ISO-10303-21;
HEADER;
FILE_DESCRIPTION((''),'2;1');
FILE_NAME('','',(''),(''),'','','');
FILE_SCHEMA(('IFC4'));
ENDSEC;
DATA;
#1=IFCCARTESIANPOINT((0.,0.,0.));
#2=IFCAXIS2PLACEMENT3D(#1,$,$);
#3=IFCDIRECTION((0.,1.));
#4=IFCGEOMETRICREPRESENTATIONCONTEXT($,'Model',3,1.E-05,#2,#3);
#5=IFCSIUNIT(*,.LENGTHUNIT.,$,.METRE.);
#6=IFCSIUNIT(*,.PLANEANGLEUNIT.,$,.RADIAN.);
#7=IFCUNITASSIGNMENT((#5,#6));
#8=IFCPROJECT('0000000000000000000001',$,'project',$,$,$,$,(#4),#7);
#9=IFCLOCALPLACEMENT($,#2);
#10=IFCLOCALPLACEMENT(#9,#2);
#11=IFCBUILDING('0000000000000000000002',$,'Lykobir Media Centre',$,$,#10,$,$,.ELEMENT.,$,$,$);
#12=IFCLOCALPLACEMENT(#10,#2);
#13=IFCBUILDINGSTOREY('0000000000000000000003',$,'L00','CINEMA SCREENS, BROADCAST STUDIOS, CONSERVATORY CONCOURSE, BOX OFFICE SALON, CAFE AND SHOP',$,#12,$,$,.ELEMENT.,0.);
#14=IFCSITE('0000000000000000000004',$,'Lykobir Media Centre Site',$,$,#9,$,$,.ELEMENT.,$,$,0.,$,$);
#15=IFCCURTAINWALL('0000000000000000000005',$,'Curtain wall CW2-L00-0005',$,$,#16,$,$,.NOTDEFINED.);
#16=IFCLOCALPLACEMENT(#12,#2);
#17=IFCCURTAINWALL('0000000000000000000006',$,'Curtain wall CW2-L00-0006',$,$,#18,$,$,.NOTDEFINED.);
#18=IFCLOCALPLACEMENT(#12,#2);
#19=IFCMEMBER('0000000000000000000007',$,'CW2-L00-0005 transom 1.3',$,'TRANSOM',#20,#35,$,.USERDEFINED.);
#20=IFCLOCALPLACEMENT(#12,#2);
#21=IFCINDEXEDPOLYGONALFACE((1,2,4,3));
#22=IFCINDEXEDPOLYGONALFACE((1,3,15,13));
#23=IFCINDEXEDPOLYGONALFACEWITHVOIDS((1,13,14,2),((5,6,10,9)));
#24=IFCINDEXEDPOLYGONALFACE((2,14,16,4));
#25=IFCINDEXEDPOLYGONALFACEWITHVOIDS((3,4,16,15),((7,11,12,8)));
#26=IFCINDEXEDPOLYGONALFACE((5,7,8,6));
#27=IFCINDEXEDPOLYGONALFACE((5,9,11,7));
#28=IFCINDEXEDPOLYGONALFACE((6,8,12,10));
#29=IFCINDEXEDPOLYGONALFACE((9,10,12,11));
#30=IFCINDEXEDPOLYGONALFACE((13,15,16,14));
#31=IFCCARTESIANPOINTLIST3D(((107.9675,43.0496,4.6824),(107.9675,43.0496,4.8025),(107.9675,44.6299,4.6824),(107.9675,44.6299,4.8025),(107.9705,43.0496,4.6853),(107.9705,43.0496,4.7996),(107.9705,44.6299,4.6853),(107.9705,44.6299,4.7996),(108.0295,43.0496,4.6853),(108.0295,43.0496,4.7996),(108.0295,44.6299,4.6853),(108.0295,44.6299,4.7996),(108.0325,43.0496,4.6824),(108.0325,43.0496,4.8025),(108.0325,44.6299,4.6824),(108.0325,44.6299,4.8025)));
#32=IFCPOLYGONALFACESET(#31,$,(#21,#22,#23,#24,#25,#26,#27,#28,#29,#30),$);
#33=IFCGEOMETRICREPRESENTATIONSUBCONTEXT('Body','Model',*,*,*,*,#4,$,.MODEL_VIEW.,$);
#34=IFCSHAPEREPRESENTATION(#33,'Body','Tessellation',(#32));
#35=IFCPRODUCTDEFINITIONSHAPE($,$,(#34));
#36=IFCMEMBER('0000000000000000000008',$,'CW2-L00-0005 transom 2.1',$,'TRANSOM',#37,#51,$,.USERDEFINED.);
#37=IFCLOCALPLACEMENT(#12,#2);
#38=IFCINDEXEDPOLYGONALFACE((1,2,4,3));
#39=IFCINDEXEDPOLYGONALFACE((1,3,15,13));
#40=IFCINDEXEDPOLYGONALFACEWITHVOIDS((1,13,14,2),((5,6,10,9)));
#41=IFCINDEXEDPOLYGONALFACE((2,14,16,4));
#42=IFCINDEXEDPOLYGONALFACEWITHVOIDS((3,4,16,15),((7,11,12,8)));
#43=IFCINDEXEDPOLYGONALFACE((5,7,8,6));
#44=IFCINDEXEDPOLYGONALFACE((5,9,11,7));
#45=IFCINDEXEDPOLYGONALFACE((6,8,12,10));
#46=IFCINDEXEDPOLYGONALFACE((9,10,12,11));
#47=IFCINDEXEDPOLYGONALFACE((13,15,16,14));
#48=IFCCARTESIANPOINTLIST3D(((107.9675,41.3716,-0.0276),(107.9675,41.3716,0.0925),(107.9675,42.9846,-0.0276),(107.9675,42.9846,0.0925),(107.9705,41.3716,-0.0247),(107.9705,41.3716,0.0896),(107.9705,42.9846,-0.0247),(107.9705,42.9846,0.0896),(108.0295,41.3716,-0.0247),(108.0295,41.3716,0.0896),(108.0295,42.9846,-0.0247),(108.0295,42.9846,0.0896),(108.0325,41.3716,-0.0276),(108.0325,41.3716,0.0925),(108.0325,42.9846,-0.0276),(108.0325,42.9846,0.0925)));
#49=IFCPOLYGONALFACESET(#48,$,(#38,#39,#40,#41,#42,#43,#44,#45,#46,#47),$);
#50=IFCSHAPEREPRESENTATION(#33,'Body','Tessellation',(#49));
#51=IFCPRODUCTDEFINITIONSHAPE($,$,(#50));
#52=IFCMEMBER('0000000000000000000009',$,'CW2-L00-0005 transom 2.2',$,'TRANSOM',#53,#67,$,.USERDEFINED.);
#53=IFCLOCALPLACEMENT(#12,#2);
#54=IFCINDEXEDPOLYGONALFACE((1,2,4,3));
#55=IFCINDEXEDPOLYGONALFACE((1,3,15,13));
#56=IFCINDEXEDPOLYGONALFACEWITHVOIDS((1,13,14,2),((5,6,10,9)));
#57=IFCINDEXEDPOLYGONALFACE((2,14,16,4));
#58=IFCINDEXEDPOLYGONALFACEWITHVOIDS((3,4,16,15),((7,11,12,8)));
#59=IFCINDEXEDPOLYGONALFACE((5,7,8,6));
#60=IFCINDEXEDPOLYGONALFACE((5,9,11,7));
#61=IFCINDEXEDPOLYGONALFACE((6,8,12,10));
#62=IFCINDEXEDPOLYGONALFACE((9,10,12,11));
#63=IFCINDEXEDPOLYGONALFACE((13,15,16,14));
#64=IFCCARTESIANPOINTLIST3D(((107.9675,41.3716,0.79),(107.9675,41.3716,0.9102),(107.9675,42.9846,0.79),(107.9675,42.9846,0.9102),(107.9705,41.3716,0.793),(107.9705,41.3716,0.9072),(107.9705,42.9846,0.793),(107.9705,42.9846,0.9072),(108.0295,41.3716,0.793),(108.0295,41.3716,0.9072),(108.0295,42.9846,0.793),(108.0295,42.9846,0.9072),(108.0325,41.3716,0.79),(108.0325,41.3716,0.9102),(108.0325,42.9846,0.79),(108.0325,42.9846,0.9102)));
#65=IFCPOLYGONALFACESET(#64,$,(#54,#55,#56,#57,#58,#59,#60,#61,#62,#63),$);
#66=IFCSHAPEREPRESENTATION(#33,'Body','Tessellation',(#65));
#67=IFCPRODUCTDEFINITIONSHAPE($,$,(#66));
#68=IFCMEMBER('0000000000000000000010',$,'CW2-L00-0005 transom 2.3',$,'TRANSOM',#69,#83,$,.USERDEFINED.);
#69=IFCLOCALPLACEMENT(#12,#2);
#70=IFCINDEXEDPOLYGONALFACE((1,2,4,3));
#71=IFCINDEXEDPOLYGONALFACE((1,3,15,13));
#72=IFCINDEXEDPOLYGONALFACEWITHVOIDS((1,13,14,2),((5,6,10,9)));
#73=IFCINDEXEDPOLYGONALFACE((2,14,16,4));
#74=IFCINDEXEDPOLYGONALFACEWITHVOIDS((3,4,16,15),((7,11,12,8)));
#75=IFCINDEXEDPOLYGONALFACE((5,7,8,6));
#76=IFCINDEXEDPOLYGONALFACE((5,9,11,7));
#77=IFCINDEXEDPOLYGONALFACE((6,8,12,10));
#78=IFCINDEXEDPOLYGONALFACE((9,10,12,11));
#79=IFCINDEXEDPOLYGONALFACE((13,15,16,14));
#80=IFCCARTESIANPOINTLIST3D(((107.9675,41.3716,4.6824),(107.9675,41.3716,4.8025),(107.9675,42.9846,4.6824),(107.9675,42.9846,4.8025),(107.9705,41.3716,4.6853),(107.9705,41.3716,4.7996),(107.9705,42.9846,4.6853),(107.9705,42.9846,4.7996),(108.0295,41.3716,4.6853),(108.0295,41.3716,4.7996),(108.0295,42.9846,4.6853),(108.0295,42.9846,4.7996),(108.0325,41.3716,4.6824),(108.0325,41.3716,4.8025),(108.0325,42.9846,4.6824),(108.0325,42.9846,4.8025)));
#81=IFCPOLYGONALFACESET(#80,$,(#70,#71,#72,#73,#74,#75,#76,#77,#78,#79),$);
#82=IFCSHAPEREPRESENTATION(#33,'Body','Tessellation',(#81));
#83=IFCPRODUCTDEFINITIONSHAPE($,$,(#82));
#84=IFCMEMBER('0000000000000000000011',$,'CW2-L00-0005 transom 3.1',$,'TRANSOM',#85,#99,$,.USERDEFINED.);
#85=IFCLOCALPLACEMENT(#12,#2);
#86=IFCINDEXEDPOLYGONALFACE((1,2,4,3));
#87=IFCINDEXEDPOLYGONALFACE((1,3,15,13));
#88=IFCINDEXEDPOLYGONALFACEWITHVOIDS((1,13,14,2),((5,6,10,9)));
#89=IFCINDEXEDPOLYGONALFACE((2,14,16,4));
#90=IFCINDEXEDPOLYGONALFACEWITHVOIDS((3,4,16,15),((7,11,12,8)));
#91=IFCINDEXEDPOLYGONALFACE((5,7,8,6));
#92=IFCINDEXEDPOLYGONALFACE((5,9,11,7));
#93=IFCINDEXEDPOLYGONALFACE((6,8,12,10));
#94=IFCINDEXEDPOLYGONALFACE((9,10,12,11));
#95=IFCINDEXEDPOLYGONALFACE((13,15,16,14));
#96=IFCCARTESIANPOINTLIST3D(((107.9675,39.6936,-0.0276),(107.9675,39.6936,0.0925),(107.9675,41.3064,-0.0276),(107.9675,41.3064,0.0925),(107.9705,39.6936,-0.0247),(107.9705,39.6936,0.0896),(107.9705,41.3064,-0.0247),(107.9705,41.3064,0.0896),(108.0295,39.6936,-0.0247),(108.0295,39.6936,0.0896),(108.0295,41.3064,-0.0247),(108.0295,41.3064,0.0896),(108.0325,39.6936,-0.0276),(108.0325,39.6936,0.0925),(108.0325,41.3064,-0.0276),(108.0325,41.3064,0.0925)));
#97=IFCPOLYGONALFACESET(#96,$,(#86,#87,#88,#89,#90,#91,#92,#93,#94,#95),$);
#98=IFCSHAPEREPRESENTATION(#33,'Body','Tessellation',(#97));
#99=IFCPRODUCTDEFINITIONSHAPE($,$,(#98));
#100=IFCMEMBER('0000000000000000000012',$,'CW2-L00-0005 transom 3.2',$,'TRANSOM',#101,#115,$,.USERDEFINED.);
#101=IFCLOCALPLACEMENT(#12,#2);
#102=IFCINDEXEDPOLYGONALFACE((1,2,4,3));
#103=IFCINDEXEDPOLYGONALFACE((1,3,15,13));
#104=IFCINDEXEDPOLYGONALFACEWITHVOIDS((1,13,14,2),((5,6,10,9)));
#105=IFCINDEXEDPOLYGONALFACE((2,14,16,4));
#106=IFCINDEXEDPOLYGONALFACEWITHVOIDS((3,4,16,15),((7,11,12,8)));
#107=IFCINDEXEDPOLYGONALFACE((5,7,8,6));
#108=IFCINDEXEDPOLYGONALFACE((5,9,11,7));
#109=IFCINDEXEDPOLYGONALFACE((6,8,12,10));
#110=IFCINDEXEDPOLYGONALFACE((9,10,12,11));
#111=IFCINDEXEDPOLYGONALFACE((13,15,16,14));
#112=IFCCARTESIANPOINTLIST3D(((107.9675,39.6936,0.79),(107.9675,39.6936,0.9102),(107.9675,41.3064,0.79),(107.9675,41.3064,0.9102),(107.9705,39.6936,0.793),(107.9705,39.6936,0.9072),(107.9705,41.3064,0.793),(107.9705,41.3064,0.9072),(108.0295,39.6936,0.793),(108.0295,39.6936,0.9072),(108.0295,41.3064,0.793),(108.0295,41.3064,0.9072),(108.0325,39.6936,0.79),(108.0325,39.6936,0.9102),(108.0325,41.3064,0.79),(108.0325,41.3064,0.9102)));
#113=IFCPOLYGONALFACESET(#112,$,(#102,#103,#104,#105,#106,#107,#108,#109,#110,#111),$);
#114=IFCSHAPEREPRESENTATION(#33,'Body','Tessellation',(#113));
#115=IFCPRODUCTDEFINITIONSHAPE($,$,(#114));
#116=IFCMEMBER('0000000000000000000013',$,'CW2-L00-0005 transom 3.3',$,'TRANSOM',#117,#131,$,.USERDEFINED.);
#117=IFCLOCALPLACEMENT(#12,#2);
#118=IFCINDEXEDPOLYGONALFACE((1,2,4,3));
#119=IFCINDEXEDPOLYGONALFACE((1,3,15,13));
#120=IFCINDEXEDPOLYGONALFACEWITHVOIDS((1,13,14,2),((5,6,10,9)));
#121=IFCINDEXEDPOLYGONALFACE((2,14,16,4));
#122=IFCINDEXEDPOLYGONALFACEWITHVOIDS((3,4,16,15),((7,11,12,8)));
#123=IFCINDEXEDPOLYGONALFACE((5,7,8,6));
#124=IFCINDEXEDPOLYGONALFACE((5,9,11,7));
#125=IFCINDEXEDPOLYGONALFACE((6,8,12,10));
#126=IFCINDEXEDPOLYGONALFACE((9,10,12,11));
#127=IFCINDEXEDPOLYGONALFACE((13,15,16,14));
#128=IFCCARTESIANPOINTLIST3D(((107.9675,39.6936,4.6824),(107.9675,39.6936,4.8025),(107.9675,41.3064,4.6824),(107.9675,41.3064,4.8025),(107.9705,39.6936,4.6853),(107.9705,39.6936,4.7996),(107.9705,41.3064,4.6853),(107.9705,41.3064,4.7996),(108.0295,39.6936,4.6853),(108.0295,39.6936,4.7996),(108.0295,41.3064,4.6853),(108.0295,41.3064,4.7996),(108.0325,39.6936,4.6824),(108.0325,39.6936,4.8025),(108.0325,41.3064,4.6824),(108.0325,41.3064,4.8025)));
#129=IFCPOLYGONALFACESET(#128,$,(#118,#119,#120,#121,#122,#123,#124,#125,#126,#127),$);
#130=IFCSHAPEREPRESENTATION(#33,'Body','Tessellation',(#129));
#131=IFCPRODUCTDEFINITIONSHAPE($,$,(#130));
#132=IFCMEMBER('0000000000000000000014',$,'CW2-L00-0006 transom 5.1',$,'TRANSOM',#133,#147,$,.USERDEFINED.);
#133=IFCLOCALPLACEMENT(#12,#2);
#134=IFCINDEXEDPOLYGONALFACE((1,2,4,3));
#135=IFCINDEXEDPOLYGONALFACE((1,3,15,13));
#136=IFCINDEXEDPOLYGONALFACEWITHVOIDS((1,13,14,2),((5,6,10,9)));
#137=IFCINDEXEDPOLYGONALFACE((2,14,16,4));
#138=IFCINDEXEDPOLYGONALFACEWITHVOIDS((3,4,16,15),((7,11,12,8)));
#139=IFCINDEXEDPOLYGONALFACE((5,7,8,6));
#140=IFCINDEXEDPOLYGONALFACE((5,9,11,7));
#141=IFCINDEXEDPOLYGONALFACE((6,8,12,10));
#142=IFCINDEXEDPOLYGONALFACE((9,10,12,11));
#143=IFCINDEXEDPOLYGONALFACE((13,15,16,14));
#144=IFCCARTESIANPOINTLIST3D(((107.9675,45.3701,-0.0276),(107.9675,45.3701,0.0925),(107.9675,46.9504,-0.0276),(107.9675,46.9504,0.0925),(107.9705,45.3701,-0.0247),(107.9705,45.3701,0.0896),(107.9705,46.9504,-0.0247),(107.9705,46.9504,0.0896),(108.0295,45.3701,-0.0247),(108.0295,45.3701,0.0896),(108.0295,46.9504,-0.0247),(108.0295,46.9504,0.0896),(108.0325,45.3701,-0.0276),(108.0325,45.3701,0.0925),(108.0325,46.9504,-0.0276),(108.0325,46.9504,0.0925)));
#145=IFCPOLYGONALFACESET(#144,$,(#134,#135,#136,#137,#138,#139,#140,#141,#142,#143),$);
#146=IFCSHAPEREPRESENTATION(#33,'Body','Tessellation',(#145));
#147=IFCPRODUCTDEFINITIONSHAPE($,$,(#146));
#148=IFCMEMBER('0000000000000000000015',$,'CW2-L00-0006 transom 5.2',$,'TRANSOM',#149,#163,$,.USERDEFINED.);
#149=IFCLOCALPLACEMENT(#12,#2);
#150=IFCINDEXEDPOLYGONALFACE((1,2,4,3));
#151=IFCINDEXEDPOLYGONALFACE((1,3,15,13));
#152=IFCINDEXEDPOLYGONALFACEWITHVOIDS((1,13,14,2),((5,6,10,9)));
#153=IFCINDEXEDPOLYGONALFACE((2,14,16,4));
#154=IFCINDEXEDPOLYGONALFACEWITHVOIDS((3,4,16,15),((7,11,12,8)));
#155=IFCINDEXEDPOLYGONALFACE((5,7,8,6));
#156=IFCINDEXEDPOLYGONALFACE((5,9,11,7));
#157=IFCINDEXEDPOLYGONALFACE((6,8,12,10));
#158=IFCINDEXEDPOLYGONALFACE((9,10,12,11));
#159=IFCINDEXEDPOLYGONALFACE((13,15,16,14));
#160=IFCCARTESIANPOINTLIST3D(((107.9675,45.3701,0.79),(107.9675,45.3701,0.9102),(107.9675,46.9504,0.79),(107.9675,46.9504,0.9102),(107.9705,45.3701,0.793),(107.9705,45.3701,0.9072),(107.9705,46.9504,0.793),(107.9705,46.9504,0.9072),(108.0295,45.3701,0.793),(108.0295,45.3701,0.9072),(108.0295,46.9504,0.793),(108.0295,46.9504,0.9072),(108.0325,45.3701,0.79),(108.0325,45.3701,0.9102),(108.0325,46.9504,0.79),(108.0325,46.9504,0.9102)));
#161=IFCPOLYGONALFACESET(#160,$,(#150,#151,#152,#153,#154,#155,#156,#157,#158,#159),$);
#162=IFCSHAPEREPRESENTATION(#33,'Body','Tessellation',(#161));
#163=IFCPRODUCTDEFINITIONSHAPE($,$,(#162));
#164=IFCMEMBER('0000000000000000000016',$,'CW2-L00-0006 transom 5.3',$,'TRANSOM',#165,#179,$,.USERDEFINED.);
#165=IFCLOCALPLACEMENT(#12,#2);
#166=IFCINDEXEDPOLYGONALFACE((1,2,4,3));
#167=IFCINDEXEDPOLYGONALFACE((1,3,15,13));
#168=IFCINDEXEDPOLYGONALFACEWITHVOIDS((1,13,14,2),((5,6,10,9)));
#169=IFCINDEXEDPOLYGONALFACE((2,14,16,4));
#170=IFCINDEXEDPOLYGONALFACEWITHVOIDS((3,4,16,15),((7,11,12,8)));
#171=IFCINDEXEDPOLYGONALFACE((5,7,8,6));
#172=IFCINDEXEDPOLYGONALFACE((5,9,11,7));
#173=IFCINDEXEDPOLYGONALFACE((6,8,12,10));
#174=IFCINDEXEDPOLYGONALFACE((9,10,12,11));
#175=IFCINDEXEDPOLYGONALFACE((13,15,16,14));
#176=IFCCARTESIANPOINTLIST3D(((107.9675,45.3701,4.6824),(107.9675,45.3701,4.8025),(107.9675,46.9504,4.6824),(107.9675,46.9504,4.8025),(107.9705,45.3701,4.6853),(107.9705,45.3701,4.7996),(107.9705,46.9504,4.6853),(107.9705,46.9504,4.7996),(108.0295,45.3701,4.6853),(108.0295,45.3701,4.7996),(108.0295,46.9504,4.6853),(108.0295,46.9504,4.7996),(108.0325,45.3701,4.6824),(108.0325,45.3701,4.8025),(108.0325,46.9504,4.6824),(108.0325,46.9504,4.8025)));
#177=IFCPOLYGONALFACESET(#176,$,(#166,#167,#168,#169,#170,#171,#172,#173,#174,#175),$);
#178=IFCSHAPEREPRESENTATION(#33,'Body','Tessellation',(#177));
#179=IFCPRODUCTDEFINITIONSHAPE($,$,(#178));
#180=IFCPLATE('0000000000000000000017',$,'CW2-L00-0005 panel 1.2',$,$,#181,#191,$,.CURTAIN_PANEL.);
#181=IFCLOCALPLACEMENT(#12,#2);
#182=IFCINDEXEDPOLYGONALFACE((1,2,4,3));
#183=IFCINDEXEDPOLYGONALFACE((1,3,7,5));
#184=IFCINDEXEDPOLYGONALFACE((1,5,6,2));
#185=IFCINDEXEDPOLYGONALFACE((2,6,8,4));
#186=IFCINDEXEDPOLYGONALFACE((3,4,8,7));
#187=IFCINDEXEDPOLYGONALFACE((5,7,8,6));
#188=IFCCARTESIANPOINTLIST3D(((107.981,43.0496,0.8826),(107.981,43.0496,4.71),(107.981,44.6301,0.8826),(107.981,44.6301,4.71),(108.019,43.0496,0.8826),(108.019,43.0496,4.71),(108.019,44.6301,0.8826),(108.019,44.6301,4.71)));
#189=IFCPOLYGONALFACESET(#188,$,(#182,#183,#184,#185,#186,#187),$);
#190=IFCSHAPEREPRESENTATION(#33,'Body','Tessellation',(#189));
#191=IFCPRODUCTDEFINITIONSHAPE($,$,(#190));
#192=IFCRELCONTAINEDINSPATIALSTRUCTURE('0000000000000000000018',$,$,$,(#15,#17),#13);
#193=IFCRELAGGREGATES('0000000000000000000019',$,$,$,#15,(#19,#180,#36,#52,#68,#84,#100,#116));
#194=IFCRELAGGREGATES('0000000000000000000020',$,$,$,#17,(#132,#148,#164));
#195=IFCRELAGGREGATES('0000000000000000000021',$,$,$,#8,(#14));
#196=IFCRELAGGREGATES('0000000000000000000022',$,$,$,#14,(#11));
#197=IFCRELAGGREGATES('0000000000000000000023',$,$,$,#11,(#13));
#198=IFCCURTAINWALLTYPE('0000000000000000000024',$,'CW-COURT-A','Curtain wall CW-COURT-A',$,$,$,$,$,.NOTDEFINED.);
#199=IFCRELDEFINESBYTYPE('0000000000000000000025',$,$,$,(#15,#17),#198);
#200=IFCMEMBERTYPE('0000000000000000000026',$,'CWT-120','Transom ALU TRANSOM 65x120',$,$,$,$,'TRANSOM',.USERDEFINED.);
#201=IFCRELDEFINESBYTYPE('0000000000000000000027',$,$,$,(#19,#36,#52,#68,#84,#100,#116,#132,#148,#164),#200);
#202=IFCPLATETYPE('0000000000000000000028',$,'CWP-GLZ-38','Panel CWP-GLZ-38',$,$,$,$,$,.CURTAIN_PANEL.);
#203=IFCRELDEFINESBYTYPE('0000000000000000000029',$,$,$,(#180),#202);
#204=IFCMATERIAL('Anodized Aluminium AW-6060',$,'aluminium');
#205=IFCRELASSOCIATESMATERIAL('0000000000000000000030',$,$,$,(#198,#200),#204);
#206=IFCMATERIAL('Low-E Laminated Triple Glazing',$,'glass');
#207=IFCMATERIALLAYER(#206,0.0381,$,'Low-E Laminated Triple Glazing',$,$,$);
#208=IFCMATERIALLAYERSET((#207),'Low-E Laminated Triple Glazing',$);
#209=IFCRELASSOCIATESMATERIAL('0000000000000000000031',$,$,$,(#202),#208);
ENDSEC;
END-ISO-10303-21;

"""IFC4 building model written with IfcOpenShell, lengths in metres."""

from ifc_helpers import new_model, si_unit, direction, frame, origin, origin_2d, place, context, subcontext, project, spatial, rectangle, hollow_rectangle, extrude, material, layer, layer_set, material_profile, profile_set, type_object, element, aggregate, save


model = new_model("IFC4")

# Units and contexts
model_context = context("Model", 3, precision=1e-05, world=origin(), true_north=direction((0.0, 1.0)))
body_context = subcontext(model_context, "Body", "Model", "MODEL_VIEW")
ifc_project = project(units=[si_unit("LENGTHUNIT", "METRE"), si_unit("PLANEANGLEUNIT", "RADIAN")], contexts=[model_context])

# Site, building, storey
site_placement = place(None, origin())
site = spatial("IfcSite", under=ifc_project, at=site_placement, Name="Lykobir Media Centre Site", CompositionType="ELEMENT", RefElevation=0.0)
building_placement = place(site_placement, origin())
building = spatial("IfcBuilding", under=site, at=building_placement, Name="Lykobir Media Centre", CompositionType="ELEMENT")
storey_placement = place(building_placement, origin())
storey = spatial("IfcBuildingStorey", under=building, at=storey_placement, Name="L00", Description="CINEMA SCREENS, BROADCAST STUDIOS, CONSERVATORY CONCOURSE, BOX OFFICE SALON, CAFE AND SHOP", CompositionType="ELEMENT", Elevation=0.0)

# Curtain walls
ifc_material_1 = material(Name="Anodized Aluminium AW-6060", Category="aluminium")
curtain_wall_type = type_object("IfcCurtainWallType", Name="CW-COURT-A", Description="Curtain wall CW-COURT-A", PredefinedType="NOTDEFINED", material=ifc_material_1)
curtain_wall_1_placement = place(storey_placement, origin())
curtain_wall_1 = element("IfcCurtainWall", 1, at=curtain_wall_1_placement, inside=storey, type_object=curtain_wall_type, Name="Curtain wall CW2-L00-0005", PredefinedType="NOTDEFINED")
curtain_wall_2_placement = place(storey_placement, origin())
curtain_wall_2 = element("IfcCurtainWall", 2, at=curtain_wall_2_placement, inside=storey, type_object=curtain_wall_type, Name="Curtain wall CW2-L00-0006", PredefinedType="NOTDEFINED")

# Members
ifc_material_profile_1 = material_profile(ifc_material_1, hollow_rectangle(XDim=0.0649, YDim=0.1201, WallThickness=0.0029, at=origin_2d()), Name="ALU TRANSOM 65x120")
ifc_profile_set_1 = profile_set([ifc_material_profile_1], Name="Anodized Aluminium AW-6060")
member_type_1 = type_object("IfcMemberType", Name="CWT-120", Description="Transom ALU TRANSOM 65x120", ElementType="TRANSOM", PredefinedType="USERDEFINED", material=ifc_profile_set_1)
member_1_placement = place(storey_placement, frame((108.0, 44.6299, 4.7424), z_axis=(0.0, -1.0, 0.0), x_axis=(1.0, 0.0, 0.0)))
member_1 = element("IfcMember", 3, at=member_1_placement, type_object=member_type_1, Name="CW2-L00-0005 transom 1.3", ObjectType="TRANSOM", PredefinedType="USERDEFINED", context=body_context, shape_type="SweptSolid", body=[
    extrude(hollow_rectangle(XDim=0.0649, YDim=0.1201, WallThickness=0.0029, at=origin_2d()), origin(), (0.0, 0.0, 1.0), 1.5803),
])
member_2_placement = place(storey_placement, frame((108.0, 42.9846, 0.0325), z_axis=(0.0, -1.0, 0.0), x_axis=(1.0, 0.0, 0.0)))
member_2 = element("IfcMember", 4, at=member_2_placement, type_object=member_type_1, Name="CW2-L00-0005 transom 2.1", ObjectType="TRANSOM", PredefinedType="USERDEFINED", context=body_context, shape_type="SweptSolid", body=[
    extrude(hollow_rectangle(XDim=0.0649, YDim=0.1201, WallThickness=0.0029, at=origin_2d()), origin(), (0.0, 0.0, 1.0), 1.613),
])
member_3_placement = place(storey_placement, frame((108.0, 42.9846, 0.8501), z_axis=(0.0, -1.0, 0.0), x_axis=(1.0, 0.0, 0.0)))
member_3 = element("IfcMember", 5, at=member_3_placement, type_object=member_type_1, Name="CW2-L00-0005 transom 2.2", ObjectType="TRANSOM", PredefinedType="USERDEFINED", context=body_context, shape_type="SweptSolid", body=[
    extrude(hollow_rectangle(XDim=0.0649, YDim=0.1201, WallThickness=0.0029, at=origin_2d()), origin(), (0.0, 0.0, 1.0), 1.613),
])
member_4_placement = place(storey_placement, frame((108.0, 42.9846, 4.7424), z_axis=(0.0, -1.0, 0.0), x_axis=(1.0, 0.0, 0.0)))
member_4 = element("IfcMember", 6, at=member_4_placement, type_object=member_type_1, Name="CW2-L00-0005 transom 2.3", ObjectType="TRANSOM", PredefinedType="USERDEFINED", context=body_context, shape_type="SweptSolid", body=[
    extrude(hollow_rectangle(XDim=0.0649, YDim=0.1201, WallThickness=0.0029, at=origin_2d()), origin(), (0.0, 0.0, 1.0), 1.613),
])
member_5_placement = place(storey_placement, frame((108.0, 41.3064, 0.0325), z_axis=(0.0, -1.0, 0.0), x_axis=(1.0, 0.0, 0.0)))
member_5 = element("IfcMember", 7, at=member_5_placement, type_object=member_type_1, Name="CW2-L00-0005 transom 3.1", ObjectType="TRANSOM", PredefinedType="USERDEFINED", context=body_context, shape_type="SweptSolid", body=[
    extrude(hollow_rectangle(XDim=0.0649, YDim=0.1201, WallThickness=0.0029, at=origin_2d()), origin(), (0.0, 0.0, 1.0), 1.6128),
])
member_6_placement = place(storey_placement, frame((108.0, 41.3064, 0.8501), z_axis=(0.0, -1.0, 0.0), x_axis=(1.0, 0.0, 0.0)))
member_6 = element("IfcMember", 8, at=member_6_placement, type_object=member_type_1, Name="CW2-L00-0005 transom 3.2", ObjectType="TRANSOM", PredefinedType="USERDEFINED", context=body_context, shape_type="SweptSolid", body=[
    extrude(hollow_rectangle(XDim=0.0649, YDim=0.1201, WallThickness=0.0029, at=origin_2d()), origin(), (0.0, 0.0, 1.0), 1.6128),
])
member_7_placement = place(storey_placement, frame((108.0, 41.3064, 4.7424), z_axis=(0.0, -1.0, 0.0), x_axis=(1.0, 0.0, 0.0)))
member_7 = element("IfcMember", 9, at=member_7_placement, type_object=member_type_1, Name="CW2-L00-0005 transom 3.3", ObjectType="TRANSOM", PredefinedType="USERDEFINED", context=body_context, shape_type="SweptSolid", body=[
    extrude(hollow_rectangle(XDim=0.0649, YDim=0.1201, WallThickness=0.0029, at=origin_2d()), origin(), (0.0, 0.0, 1.0), 1.6128),
])
member_8_placement = place(storey_placement, frame((108.0, 46.9504, 0.0325), z_axis=(0.0, -1.0, 0.0), x_axis=(1.0, 0.0, 0.0)))
member_8 = element("IfcMember", 10, at=member_8_placement, type_object=member_type_1, Name="CW2-L00-0006 transom 5.1", ObjectType="TRANSOM", PredefinedType="USERDEFINED", context=body_context, shape_type="SweptSolid", body=[
    extrude(hollow_rectangle(XDim=0.0649, YDim=0.1201, WallThickness=0.0029, at=origin_2d()), origin(), (0.0, 0.0, 1.0), 1.5803),
])
member_9_placement = place(storey_placement, frame((108.0, 46.9504, 0.8501), z_axis=(0.0, -1.0, 0.0), x_axis=(1.0, 0.0, 0.0)))
member_9 = element("IfcMember", 11, at=member_9_placement, type_object=member_type_1, Name="CW2-L00-0006 transom 5.2", ObjectType="TRANSOM", PredefinedType="USERDEFINED", context=body_context, shape_type="SweptSolid", body=[
    extrude(hollow_rectangle(XDim=0.0649, YDim=0.1201, WallThickness=0.0029, at=origin_2d()), origin(), (0.0, 0.0, 1.0), 1.5803),
])
member_10_placement = place(storey_placement, frame((108.0, 46.9504, 4.7424), z_axis=(0.0, -1.0, 0.0), x_axis=(1.0, 0.0, 0.0)))
member_10 = element("IfcMember", 12, at=member_10_placement, type_object=member_type_1, Name="CW2-L00-0006 transom 5.3", ObjectType="TRANSOM", PredefinedType="USERDEFINED", context=body_context, shape_type="SweptSolid", body=[
    extrude(hollow_rectangle(XDim=0.0649, YDim=0.1201, WallThickness=0.0029, at=origin_2d()), origin(), (0.0, 0.0, 1.0), 1.5803),
])

# Plate
ifc_material_2 = material(Name="Low-E Laminated Triple Glazing", Category="glass")
ifc_layer_1 = layer(ifc_material_2, 0.0381, Name="Low-E Laminated Triple Glazing")
ifc_layer_set_1 = layer_set([ifc_layer_1], Name="Low-E Laminated Triple Glazing")
plate_type_1 = type_object("IfcPlateType", Name="CWP-GLZ-38", Description="Panel CWP-GLZ-38", PredefinedType="CURTAIN_PANEL", material=ifc_layer_set_1)
plate_1_placement = place(storey_placement, frame((108.0, 43.8398, 0.8826), z_axis=(0.0, 0.0, 1.0), x_axis=(0.0, -1.0, 0.0)))
plate_1 = element("IfcPlate", 13, at=plate_1_placement, type_object=plate_type_1, Name="CW2-L00-0005 panel 1.2", PredefinedType="CURTAIN_PANEL", context=body_context, shape_type="SweptSolid", body=[
    extrude(rectangle(XDim=1.5806, YDim=0.0381, at=origin_2d()), origin(), (0.0, 0.0, 1.0), 3.8274),
])
aggregate(curtain_wall_1, [member_1, plate_1, member_2, member_3, member_4, member_5, member_6, member_7])
aggregate(curtain_wall_2, [member_8, member_9, member_10])

save(model, "model.ifc")
